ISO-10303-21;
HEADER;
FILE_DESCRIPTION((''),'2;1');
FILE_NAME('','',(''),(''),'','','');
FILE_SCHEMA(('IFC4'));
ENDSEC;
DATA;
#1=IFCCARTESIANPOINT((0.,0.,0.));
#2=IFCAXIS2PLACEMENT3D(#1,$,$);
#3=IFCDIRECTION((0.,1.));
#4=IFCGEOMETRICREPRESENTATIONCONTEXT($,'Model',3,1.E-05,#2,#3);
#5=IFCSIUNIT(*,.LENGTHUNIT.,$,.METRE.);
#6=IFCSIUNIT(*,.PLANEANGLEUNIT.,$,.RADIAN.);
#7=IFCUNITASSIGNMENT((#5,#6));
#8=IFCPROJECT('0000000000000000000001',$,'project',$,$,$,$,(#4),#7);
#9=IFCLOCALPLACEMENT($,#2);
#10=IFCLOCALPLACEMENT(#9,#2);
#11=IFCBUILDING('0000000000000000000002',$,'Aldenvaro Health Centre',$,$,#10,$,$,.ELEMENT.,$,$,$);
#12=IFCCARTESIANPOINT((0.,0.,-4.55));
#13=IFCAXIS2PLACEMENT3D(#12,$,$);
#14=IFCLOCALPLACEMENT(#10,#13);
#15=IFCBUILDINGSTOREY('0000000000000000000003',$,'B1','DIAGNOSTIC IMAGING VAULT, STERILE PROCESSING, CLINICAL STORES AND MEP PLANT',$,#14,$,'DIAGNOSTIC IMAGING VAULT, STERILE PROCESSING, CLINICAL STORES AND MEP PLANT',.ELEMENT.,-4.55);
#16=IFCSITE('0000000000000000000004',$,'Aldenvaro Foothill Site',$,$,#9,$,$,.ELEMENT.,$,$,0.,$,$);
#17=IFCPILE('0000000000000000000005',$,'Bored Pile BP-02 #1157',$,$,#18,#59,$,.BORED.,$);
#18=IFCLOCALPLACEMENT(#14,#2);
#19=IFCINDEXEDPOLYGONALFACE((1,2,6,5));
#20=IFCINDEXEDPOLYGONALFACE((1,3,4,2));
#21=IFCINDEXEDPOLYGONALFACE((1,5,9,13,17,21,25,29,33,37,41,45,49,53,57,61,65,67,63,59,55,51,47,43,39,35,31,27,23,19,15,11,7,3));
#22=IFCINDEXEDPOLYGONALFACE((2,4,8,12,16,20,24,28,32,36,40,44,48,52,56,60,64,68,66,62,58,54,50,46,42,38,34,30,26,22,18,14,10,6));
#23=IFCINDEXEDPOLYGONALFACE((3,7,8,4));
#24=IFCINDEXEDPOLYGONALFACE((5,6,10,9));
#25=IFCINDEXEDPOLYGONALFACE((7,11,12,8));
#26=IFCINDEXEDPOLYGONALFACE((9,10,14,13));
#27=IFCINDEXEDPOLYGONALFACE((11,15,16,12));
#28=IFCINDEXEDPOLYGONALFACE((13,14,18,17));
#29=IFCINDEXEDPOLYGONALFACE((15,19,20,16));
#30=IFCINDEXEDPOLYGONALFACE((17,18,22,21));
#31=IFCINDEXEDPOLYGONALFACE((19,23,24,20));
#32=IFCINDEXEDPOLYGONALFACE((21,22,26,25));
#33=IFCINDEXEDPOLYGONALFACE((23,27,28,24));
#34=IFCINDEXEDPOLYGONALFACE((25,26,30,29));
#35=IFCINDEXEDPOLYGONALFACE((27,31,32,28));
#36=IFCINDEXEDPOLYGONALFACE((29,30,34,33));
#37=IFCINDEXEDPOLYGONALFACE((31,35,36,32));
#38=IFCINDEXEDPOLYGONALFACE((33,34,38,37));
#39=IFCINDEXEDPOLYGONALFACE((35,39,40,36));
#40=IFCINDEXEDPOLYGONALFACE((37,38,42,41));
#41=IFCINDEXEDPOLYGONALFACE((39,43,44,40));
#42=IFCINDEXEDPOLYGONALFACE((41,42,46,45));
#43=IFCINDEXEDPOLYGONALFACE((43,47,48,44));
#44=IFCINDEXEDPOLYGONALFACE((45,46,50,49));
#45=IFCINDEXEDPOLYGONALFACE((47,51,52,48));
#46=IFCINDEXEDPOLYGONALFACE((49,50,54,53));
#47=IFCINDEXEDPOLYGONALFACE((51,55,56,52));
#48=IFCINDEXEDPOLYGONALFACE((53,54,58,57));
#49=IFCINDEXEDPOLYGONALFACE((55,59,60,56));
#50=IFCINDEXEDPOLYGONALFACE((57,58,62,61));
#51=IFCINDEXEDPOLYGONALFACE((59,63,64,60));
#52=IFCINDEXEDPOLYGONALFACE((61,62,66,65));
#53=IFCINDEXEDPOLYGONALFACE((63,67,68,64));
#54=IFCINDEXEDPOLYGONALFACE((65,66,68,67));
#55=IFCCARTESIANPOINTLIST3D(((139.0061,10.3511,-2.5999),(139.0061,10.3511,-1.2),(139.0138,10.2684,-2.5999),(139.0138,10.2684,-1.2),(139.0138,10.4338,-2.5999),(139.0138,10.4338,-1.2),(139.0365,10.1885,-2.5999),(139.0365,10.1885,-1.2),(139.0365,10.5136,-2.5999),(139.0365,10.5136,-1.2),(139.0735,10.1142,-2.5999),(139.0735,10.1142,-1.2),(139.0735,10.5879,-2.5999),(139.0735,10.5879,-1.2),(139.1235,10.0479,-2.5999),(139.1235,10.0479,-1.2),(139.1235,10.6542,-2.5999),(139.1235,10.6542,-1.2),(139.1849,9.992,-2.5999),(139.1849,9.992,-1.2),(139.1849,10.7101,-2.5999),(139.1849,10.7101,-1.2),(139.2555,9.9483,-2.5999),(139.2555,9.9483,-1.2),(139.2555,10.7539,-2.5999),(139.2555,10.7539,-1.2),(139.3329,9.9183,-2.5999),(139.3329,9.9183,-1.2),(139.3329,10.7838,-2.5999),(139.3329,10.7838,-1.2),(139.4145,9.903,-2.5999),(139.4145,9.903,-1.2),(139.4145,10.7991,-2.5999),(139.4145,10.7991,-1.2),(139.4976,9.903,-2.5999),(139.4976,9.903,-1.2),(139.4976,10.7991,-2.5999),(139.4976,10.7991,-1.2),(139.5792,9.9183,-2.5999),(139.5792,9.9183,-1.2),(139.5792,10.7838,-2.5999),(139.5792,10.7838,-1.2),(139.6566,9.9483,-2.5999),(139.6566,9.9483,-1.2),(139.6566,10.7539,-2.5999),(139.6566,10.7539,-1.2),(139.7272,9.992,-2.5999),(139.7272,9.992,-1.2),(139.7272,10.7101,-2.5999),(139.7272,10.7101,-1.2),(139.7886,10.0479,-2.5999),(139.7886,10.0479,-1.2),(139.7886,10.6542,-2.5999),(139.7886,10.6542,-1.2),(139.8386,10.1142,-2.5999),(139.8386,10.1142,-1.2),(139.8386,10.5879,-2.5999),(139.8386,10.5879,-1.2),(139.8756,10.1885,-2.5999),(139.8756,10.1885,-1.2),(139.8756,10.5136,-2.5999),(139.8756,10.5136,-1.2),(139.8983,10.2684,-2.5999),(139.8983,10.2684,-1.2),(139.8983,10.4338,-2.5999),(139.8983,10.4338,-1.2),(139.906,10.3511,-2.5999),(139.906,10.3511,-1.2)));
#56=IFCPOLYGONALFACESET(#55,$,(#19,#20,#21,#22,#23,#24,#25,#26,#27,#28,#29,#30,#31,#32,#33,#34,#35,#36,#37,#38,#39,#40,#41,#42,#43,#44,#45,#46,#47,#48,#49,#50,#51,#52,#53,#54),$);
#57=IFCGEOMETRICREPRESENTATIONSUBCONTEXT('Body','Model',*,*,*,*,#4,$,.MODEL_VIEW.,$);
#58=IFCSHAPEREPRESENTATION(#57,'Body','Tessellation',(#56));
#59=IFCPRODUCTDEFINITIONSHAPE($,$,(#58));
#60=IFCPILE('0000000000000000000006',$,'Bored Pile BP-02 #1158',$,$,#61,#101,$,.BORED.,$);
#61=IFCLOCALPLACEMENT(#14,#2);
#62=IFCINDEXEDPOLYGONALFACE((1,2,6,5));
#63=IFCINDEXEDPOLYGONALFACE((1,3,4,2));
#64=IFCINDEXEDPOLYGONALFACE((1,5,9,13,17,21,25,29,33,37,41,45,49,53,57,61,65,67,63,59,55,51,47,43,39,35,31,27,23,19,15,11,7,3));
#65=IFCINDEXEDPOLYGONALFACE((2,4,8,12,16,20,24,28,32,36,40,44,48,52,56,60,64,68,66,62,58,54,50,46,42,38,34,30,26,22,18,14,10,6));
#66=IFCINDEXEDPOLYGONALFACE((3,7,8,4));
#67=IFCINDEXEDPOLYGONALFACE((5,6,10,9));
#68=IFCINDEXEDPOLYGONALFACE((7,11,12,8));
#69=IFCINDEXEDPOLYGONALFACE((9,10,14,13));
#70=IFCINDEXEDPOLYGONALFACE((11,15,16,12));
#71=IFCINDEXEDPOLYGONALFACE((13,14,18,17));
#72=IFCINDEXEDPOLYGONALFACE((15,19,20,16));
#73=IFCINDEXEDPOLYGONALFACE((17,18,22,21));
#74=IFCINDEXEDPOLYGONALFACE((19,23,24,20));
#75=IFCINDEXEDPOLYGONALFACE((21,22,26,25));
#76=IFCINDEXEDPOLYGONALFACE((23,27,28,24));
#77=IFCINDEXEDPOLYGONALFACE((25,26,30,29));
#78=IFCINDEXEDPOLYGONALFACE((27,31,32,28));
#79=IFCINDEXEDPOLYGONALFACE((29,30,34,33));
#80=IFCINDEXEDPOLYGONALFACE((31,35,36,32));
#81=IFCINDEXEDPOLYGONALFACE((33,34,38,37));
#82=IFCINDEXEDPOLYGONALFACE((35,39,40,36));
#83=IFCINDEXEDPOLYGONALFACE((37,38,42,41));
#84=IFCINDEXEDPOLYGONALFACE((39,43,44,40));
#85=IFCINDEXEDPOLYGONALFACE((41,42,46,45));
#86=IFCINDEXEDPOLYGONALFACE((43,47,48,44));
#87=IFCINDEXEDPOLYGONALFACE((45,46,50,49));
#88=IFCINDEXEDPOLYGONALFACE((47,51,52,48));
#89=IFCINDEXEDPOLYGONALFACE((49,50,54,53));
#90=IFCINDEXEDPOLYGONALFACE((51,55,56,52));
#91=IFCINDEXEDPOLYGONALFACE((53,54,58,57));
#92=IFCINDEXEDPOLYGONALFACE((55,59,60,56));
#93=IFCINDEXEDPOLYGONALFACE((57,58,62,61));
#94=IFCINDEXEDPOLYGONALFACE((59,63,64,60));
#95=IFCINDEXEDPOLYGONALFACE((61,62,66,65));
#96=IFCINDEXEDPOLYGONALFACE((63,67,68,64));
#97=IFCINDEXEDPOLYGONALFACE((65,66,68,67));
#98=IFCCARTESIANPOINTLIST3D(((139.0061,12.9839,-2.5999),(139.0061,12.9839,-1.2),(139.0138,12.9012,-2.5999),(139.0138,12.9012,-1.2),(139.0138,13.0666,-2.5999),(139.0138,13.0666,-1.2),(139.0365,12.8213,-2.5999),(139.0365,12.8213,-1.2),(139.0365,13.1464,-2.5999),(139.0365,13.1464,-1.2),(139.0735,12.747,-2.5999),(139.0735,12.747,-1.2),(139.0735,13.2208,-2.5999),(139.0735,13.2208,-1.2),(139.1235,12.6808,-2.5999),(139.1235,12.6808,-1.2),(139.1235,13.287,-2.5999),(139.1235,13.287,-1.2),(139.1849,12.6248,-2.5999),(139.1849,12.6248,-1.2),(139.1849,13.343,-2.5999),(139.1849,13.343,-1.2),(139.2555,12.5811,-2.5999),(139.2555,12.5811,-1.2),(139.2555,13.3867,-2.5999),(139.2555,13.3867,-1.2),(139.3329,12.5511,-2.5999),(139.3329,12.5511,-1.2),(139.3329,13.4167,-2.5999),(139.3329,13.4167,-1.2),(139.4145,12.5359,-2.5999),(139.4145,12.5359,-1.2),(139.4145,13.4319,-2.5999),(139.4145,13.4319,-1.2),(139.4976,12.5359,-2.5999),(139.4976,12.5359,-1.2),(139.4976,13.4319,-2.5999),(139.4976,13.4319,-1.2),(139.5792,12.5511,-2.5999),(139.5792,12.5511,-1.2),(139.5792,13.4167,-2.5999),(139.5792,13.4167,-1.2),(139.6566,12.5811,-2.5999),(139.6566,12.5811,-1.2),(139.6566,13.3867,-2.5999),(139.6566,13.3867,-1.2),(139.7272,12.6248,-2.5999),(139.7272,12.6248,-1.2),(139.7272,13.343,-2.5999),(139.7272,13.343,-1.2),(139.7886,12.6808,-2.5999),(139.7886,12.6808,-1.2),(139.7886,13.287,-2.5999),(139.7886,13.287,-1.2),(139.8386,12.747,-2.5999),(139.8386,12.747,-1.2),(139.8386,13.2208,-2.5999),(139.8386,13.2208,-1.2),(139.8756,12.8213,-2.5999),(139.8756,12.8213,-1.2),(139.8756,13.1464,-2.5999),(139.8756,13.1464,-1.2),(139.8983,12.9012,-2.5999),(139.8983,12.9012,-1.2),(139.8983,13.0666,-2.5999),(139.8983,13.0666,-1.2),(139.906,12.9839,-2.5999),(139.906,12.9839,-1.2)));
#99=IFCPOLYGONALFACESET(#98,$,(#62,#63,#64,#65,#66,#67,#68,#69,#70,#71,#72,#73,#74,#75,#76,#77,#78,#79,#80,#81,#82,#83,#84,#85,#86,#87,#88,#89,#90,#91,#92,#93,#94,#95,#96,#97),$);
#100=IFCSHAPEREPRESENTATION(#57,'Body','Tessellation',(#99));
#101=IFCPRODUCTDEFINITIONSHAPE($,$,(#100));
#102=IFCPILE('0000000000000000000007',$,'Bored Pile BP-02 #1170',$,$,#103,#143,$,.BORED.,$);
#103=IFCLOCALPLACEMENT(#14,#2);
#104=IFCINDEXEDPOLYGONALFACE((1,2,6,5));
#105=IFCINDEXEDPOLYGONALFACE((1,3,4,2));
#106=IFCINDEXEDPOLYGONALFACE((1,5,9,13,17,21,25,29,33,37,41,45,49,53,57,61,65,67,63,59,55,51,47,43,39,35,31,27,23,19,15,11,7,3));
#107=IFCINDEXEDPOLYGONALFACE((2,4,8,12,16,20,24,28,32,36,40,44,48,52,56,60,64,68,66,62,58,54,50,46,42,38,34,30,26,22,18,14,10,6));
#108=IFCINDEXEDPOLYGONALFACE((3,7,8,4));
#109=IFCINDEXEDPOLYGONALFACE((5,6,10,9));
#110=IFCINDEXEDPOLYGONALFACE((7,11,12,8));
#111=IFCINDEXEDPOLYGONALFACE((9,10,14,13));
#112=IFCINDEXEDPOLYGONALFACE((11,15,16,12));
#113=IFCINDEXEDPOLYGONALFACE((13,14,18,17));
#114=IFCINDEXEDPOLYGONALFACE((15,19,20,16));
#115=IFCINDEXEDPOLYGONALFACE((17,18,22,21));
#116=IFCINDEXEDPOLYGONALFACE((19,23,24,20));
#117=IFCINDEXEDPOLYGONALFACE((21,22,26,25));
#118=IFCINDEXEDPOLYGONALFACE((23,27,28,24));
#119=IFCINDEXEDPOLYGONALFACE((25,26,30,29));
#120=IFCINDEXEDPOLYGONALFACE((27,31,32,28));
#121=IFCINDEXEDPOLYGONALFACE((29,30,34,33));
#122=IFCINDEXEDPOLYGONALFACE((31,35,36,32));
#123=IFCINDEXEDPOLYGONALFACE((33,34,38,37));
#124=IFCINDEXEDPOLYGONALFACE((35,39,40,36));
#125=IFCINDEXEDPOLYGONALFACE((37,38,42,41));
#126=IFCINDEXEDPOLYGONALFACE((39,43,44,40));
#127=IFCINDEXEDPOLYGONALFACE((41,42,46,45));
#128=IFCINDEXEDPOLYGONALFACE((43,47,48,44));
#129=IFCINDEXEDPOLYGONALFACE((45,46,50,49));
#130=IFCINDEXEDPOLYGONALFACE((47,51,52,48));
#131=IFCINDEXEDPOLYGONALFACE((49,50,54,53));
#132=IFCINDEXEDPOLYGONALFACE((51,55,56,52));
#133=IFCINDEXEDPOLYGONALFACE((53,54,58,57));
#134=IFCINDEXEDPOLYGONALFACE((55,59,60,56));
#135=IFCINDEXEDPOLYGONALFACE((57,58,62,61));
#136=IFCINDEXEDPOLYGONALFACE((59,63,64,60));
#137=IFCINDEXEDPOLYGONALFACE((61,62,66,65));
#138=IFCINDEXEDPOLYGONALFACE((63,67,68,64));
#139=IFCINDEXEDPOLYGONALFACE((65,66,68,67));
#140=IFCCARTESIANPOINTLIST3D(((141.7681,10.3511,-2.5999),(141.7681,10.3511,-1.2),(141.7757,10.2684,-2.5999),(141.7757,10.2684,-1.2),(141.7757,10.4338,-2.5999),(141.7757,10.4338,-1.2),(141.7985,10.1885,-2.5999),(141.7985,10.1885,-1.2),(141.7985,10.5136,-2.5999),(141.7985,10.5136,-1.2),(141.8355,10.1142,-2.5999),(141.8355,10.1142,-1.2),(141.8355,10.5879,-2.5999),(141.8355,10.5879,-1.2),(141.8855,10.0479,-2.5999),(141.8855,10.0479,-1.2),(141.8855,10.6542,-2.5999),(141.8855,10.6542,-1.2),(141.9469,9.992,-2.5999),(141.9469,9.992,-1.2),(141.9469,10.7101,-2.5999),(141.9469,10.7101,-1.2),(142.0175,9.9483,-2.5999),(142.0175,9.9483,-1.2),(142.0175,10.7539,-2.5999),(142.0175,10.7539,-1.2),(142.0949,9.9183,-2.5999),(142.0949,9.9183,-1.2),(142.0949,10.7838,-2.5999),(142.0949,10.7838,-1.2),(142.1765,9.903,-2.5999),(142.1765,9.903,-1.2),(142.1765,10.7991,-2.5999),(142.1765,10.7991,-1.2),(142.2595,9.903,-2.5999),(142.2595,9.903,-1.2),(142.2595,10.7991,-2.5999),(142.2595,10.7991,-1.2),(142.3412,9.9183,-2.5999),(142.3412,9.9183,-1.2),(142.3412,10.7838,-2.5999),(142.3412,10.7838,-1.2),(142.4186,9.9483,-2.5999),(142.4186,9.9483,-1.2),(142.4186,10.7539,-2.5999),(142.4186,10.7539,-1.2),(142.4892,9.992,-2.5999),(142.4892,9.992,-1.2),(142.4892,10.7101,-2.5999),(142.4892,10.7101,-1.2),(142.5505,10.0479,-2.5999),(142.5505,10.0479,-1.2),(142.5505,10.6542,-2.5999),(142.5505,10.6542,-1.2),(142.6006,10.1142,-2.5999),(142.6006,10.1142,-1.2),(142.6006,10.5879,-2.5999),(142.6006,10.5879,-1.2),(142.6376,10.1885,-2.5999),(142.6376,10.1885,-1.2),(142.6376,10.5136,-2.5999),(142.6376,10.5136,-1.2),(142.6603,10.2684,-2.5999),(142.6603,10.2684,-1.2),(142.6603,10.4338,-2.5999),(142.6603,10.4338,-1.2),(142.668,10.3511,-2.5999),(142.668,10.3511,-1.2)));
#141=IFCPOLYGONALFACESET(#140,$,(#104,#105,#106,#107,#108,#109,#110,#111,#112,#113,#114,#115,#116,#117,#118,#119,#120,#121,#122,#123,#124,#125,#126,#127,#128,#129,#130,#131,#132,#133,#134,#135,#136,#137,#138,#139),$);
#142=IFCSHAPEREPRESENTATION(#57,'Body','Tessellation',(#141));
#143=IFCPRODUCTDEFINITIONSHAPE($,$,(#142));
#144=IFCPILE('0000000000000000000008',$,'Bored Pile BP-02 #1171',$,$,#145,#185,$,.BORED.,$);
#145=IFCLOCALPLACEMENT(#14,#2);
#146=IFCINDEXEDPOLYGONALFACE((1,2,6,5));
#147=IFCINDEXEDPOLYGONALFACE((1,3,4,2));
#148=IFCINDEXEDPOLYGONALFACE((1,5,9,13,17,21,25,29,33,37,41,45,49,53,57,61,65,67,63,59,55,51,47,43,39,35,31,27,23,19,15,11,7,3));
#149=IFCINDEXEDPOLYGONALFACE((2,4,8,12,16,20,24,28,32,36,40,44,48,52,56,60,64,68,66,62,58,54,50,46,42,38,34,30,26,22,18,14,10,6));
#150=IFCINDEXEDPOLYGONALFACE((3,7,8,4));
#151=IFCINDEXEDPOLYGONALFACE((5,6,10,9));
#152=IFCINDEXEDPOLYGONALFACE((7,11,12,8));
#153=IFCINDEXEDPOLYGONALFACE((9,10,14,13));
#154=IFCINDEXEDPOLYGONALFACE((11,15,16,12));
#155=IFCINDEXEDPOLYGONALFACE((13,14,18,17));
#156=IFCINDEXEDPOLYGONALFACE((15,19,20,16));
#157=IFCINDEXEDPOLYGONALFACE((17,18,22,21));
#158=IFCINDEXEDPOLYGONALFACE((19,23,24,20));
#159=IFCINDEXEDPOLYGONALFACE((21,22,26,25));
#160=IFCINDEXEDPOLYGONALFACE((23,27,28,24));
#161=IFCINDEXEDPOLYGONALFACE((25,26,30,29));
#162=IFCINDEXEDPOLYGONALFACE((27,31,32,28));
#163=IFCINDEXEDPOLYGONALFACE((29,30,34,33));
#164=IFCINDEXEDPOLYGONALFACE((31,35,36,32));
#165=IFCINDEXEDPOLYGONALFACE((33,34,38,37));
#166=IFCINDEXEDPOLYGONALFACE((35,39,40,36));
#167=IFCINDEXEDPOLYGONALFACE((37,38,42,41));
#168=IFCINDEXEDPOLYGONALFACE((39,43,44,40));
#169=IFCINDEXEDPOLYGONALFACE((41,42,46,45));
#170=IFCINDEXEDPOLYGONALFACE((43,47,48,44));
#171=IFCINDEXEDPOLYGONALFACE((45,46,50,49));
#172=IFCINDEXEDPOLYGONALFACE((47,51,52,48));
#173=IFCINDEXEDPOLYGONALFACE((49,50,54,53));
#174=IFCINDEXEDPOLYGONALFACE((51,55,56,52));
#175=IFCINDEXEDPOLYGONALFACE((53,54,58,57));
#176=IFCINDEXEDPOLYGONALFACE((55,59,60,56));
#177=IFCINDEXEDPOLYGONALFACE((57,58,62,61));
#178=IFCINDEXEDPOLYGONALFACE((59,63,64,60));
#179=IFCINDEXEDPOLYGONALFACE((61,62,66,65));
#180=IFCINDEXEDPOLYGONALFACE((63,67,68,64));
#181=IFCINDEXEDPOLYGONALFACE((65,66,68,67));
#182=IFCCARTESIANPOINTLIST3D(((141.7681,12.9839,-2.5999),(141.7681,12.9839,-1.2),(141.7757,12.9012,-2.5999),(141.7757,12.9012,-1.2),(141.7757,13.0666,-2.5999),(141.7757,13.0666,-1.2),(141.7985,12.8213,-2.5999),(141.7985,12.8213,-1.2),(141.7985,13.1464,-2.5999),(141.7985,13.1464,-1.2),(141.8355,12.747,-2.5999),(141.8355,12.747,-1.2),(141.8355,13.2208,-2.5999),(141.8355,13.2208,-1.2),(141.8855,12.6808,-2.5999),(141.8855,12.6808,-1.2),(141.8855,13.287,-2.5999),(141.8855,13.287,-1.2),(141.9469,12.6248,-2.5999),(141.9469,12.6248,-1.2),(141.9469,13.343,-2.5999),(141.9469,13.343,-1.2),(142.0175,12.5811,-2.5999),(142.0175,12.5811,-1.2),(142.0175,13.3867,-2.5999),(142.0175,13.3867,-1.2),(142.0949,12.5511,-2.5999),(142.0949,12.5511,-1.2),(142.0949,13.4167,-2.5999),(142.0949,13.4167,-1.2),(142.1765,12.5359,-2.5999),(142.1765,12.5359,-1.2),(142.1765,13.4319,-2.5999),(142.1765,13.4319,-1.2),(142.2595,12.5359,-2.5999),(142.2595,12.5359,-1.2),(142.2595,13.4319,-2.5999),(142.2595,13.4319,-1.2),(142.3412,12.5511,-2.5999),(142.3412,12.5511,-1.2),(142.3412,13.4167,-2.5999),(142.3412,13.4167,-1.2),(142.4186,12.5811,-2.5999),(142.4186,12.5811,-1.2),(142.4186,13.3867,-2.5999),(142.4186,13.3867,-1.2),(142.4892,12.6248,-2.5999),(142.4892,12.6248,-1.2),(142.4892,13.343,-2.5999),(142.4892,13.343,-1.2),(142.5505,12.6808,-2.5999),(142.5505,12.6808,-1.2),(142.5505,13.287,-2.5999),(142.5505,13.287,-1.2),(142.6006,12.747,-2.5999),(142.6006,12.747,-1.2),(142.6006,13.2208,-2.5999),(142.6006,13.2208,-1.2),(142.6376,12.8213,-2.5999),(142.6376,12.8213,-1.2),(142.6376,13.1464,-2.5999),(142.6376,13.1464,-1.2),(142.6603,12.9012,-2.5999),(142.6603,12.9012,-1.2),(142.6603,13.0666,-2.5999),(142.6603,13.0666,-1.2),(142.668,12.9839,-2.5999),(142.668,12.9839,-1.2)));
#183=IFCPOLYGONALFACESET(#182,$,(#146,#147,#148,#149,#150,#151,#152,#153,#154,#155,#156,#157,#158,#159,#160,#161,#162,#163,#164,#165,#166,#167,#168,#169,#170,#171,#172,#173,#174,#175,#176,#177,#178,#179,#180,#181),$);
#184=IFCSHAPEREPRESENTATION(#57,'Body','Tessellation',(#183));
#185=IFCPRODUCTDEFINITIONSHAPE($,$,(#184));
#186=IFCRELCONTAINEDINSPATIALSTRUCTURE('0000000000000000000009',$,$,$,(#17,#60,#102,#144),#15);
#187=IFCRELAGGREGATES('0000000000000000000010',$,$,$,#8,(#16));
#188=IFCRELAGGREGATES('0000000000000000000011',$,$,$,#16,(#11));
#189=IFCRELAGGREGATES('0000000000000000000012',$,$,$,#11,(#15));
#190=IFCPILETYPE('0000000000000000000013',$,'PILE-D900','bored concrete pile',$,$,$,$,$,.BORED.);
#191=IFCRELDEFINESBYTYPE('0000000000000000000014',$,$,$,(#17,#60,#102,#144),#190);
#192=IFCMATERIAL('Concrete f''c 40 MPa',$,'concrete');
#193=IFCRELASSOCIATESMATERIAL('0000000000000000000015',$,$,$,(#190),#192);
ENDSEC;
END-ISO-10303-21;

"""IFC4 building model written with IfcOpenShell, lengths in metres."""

from ifc_helpers import new_model, si_unit, direction, frame, origin, origin_2d, place, context, subcontext, project, spatial, circle, extrude, material, material_profile, profile_set, type_object, element, save


model = new_model("IFC4")

# Units and contexts
model_context = context("Model", 3, precision=1e-05, world=origin(), true_north=direction((0.0, 1.0)))
body_context = subcontext(model_context, "Body", "Model", "MODEL_VIEW")
ifc_project = project(units=[si_unit("LENGTHUNIT", "METRE"), si_unit("PLANEANGLEUNIT", "RADIAN")], contexts=[model_context])

# Site, building, storey
site_placement = place(None, origin())
site = spatial("IfcSite", under=ifc_project, at=site_placement, Name="Aldenvaro Foothill Site", CompositionType="ELEMENT", RefElevation=0.0)
building_placement = place(site_placement, origin())
building = spatial("IfcBuilding", under=site, at=building_placement, Name="Aldenvaro Health Centre", CompositionType="ELEMENT")
storey_placement = place(building_placement, frame((0.0, 0.0, -4.55)))
storey = spatial("IfcBuildingStorey", under=building, at=storey_placement, Name="B1", Description="DIAGNOSTIC IMAGING VAULT, STERILE PROCESSING, CLINICAL STORES AND MEP PLANT", LongName="DIAGNOSTIC IMAGING VAULT, STERILE PROCESSING, CLINICAL STORES AND MEP PLANT", CompositionType="ELEMENT", Elevation=-4.55)

# Piles
ifc_material_1 = material(Name="Concrete f'c 40 MPa", Category="concrete")
ifc_material_profile_1 = material_profile(ifc_material_1, circle(Radius=0.45, at=origin_2d()), Name="PILE D900", Category="concrete")
ifc_profile_set_1 = profile_set([ifc_material_profile_1], Name="Concrete f'c 40 MPa")
pile_type = type_object("IfcPileType", Name="PILE-D900", Description="bored concrete pile", PredefinedType="BORED", material=ifc_profile_set_1)
for number, where, z_axis, x_axis, name in (
    (1, (139.4561, 10.3511, -1.2), (0.0, 0.0, -1.0), (1.0, 0.0, 0.0), "Bored Pile BP-02 #1157"),
    (2, (139.4561, 12.9839, -1.2), (0.0, 0.0, -1.0), (1.0, 0.0, 0.0), "Bored Pile BP-02 #1158"),
    (3, (142.218, 10.3511, -1.2), (0.0, 0.0, -1.0), (1.0, 0.0, 0.0), "Bored Pile BP-02 #1170"),
    (4, (142.218, 12.9839, -1.2), (0.0, 0.0, -1.0), (1.0, 0.0, 0.0), "Bored Pile BP-02 #1171"),
):
    element("IfcPile", number, at=place(storey_placement, frame(where, z_axis=z_axis, x_axis=x_axis)), inside=storey, type_object=pile_type, Name=name, PredefinedType="BORED", context=body_context, shape_type="SweptSolid", body=[
        extrude(circle(Radius=0.45, at=origin_2d()), origin(), (0.0, 0.0, 1.0), 1.3999),
    ])

save(model, "model.ifc")
